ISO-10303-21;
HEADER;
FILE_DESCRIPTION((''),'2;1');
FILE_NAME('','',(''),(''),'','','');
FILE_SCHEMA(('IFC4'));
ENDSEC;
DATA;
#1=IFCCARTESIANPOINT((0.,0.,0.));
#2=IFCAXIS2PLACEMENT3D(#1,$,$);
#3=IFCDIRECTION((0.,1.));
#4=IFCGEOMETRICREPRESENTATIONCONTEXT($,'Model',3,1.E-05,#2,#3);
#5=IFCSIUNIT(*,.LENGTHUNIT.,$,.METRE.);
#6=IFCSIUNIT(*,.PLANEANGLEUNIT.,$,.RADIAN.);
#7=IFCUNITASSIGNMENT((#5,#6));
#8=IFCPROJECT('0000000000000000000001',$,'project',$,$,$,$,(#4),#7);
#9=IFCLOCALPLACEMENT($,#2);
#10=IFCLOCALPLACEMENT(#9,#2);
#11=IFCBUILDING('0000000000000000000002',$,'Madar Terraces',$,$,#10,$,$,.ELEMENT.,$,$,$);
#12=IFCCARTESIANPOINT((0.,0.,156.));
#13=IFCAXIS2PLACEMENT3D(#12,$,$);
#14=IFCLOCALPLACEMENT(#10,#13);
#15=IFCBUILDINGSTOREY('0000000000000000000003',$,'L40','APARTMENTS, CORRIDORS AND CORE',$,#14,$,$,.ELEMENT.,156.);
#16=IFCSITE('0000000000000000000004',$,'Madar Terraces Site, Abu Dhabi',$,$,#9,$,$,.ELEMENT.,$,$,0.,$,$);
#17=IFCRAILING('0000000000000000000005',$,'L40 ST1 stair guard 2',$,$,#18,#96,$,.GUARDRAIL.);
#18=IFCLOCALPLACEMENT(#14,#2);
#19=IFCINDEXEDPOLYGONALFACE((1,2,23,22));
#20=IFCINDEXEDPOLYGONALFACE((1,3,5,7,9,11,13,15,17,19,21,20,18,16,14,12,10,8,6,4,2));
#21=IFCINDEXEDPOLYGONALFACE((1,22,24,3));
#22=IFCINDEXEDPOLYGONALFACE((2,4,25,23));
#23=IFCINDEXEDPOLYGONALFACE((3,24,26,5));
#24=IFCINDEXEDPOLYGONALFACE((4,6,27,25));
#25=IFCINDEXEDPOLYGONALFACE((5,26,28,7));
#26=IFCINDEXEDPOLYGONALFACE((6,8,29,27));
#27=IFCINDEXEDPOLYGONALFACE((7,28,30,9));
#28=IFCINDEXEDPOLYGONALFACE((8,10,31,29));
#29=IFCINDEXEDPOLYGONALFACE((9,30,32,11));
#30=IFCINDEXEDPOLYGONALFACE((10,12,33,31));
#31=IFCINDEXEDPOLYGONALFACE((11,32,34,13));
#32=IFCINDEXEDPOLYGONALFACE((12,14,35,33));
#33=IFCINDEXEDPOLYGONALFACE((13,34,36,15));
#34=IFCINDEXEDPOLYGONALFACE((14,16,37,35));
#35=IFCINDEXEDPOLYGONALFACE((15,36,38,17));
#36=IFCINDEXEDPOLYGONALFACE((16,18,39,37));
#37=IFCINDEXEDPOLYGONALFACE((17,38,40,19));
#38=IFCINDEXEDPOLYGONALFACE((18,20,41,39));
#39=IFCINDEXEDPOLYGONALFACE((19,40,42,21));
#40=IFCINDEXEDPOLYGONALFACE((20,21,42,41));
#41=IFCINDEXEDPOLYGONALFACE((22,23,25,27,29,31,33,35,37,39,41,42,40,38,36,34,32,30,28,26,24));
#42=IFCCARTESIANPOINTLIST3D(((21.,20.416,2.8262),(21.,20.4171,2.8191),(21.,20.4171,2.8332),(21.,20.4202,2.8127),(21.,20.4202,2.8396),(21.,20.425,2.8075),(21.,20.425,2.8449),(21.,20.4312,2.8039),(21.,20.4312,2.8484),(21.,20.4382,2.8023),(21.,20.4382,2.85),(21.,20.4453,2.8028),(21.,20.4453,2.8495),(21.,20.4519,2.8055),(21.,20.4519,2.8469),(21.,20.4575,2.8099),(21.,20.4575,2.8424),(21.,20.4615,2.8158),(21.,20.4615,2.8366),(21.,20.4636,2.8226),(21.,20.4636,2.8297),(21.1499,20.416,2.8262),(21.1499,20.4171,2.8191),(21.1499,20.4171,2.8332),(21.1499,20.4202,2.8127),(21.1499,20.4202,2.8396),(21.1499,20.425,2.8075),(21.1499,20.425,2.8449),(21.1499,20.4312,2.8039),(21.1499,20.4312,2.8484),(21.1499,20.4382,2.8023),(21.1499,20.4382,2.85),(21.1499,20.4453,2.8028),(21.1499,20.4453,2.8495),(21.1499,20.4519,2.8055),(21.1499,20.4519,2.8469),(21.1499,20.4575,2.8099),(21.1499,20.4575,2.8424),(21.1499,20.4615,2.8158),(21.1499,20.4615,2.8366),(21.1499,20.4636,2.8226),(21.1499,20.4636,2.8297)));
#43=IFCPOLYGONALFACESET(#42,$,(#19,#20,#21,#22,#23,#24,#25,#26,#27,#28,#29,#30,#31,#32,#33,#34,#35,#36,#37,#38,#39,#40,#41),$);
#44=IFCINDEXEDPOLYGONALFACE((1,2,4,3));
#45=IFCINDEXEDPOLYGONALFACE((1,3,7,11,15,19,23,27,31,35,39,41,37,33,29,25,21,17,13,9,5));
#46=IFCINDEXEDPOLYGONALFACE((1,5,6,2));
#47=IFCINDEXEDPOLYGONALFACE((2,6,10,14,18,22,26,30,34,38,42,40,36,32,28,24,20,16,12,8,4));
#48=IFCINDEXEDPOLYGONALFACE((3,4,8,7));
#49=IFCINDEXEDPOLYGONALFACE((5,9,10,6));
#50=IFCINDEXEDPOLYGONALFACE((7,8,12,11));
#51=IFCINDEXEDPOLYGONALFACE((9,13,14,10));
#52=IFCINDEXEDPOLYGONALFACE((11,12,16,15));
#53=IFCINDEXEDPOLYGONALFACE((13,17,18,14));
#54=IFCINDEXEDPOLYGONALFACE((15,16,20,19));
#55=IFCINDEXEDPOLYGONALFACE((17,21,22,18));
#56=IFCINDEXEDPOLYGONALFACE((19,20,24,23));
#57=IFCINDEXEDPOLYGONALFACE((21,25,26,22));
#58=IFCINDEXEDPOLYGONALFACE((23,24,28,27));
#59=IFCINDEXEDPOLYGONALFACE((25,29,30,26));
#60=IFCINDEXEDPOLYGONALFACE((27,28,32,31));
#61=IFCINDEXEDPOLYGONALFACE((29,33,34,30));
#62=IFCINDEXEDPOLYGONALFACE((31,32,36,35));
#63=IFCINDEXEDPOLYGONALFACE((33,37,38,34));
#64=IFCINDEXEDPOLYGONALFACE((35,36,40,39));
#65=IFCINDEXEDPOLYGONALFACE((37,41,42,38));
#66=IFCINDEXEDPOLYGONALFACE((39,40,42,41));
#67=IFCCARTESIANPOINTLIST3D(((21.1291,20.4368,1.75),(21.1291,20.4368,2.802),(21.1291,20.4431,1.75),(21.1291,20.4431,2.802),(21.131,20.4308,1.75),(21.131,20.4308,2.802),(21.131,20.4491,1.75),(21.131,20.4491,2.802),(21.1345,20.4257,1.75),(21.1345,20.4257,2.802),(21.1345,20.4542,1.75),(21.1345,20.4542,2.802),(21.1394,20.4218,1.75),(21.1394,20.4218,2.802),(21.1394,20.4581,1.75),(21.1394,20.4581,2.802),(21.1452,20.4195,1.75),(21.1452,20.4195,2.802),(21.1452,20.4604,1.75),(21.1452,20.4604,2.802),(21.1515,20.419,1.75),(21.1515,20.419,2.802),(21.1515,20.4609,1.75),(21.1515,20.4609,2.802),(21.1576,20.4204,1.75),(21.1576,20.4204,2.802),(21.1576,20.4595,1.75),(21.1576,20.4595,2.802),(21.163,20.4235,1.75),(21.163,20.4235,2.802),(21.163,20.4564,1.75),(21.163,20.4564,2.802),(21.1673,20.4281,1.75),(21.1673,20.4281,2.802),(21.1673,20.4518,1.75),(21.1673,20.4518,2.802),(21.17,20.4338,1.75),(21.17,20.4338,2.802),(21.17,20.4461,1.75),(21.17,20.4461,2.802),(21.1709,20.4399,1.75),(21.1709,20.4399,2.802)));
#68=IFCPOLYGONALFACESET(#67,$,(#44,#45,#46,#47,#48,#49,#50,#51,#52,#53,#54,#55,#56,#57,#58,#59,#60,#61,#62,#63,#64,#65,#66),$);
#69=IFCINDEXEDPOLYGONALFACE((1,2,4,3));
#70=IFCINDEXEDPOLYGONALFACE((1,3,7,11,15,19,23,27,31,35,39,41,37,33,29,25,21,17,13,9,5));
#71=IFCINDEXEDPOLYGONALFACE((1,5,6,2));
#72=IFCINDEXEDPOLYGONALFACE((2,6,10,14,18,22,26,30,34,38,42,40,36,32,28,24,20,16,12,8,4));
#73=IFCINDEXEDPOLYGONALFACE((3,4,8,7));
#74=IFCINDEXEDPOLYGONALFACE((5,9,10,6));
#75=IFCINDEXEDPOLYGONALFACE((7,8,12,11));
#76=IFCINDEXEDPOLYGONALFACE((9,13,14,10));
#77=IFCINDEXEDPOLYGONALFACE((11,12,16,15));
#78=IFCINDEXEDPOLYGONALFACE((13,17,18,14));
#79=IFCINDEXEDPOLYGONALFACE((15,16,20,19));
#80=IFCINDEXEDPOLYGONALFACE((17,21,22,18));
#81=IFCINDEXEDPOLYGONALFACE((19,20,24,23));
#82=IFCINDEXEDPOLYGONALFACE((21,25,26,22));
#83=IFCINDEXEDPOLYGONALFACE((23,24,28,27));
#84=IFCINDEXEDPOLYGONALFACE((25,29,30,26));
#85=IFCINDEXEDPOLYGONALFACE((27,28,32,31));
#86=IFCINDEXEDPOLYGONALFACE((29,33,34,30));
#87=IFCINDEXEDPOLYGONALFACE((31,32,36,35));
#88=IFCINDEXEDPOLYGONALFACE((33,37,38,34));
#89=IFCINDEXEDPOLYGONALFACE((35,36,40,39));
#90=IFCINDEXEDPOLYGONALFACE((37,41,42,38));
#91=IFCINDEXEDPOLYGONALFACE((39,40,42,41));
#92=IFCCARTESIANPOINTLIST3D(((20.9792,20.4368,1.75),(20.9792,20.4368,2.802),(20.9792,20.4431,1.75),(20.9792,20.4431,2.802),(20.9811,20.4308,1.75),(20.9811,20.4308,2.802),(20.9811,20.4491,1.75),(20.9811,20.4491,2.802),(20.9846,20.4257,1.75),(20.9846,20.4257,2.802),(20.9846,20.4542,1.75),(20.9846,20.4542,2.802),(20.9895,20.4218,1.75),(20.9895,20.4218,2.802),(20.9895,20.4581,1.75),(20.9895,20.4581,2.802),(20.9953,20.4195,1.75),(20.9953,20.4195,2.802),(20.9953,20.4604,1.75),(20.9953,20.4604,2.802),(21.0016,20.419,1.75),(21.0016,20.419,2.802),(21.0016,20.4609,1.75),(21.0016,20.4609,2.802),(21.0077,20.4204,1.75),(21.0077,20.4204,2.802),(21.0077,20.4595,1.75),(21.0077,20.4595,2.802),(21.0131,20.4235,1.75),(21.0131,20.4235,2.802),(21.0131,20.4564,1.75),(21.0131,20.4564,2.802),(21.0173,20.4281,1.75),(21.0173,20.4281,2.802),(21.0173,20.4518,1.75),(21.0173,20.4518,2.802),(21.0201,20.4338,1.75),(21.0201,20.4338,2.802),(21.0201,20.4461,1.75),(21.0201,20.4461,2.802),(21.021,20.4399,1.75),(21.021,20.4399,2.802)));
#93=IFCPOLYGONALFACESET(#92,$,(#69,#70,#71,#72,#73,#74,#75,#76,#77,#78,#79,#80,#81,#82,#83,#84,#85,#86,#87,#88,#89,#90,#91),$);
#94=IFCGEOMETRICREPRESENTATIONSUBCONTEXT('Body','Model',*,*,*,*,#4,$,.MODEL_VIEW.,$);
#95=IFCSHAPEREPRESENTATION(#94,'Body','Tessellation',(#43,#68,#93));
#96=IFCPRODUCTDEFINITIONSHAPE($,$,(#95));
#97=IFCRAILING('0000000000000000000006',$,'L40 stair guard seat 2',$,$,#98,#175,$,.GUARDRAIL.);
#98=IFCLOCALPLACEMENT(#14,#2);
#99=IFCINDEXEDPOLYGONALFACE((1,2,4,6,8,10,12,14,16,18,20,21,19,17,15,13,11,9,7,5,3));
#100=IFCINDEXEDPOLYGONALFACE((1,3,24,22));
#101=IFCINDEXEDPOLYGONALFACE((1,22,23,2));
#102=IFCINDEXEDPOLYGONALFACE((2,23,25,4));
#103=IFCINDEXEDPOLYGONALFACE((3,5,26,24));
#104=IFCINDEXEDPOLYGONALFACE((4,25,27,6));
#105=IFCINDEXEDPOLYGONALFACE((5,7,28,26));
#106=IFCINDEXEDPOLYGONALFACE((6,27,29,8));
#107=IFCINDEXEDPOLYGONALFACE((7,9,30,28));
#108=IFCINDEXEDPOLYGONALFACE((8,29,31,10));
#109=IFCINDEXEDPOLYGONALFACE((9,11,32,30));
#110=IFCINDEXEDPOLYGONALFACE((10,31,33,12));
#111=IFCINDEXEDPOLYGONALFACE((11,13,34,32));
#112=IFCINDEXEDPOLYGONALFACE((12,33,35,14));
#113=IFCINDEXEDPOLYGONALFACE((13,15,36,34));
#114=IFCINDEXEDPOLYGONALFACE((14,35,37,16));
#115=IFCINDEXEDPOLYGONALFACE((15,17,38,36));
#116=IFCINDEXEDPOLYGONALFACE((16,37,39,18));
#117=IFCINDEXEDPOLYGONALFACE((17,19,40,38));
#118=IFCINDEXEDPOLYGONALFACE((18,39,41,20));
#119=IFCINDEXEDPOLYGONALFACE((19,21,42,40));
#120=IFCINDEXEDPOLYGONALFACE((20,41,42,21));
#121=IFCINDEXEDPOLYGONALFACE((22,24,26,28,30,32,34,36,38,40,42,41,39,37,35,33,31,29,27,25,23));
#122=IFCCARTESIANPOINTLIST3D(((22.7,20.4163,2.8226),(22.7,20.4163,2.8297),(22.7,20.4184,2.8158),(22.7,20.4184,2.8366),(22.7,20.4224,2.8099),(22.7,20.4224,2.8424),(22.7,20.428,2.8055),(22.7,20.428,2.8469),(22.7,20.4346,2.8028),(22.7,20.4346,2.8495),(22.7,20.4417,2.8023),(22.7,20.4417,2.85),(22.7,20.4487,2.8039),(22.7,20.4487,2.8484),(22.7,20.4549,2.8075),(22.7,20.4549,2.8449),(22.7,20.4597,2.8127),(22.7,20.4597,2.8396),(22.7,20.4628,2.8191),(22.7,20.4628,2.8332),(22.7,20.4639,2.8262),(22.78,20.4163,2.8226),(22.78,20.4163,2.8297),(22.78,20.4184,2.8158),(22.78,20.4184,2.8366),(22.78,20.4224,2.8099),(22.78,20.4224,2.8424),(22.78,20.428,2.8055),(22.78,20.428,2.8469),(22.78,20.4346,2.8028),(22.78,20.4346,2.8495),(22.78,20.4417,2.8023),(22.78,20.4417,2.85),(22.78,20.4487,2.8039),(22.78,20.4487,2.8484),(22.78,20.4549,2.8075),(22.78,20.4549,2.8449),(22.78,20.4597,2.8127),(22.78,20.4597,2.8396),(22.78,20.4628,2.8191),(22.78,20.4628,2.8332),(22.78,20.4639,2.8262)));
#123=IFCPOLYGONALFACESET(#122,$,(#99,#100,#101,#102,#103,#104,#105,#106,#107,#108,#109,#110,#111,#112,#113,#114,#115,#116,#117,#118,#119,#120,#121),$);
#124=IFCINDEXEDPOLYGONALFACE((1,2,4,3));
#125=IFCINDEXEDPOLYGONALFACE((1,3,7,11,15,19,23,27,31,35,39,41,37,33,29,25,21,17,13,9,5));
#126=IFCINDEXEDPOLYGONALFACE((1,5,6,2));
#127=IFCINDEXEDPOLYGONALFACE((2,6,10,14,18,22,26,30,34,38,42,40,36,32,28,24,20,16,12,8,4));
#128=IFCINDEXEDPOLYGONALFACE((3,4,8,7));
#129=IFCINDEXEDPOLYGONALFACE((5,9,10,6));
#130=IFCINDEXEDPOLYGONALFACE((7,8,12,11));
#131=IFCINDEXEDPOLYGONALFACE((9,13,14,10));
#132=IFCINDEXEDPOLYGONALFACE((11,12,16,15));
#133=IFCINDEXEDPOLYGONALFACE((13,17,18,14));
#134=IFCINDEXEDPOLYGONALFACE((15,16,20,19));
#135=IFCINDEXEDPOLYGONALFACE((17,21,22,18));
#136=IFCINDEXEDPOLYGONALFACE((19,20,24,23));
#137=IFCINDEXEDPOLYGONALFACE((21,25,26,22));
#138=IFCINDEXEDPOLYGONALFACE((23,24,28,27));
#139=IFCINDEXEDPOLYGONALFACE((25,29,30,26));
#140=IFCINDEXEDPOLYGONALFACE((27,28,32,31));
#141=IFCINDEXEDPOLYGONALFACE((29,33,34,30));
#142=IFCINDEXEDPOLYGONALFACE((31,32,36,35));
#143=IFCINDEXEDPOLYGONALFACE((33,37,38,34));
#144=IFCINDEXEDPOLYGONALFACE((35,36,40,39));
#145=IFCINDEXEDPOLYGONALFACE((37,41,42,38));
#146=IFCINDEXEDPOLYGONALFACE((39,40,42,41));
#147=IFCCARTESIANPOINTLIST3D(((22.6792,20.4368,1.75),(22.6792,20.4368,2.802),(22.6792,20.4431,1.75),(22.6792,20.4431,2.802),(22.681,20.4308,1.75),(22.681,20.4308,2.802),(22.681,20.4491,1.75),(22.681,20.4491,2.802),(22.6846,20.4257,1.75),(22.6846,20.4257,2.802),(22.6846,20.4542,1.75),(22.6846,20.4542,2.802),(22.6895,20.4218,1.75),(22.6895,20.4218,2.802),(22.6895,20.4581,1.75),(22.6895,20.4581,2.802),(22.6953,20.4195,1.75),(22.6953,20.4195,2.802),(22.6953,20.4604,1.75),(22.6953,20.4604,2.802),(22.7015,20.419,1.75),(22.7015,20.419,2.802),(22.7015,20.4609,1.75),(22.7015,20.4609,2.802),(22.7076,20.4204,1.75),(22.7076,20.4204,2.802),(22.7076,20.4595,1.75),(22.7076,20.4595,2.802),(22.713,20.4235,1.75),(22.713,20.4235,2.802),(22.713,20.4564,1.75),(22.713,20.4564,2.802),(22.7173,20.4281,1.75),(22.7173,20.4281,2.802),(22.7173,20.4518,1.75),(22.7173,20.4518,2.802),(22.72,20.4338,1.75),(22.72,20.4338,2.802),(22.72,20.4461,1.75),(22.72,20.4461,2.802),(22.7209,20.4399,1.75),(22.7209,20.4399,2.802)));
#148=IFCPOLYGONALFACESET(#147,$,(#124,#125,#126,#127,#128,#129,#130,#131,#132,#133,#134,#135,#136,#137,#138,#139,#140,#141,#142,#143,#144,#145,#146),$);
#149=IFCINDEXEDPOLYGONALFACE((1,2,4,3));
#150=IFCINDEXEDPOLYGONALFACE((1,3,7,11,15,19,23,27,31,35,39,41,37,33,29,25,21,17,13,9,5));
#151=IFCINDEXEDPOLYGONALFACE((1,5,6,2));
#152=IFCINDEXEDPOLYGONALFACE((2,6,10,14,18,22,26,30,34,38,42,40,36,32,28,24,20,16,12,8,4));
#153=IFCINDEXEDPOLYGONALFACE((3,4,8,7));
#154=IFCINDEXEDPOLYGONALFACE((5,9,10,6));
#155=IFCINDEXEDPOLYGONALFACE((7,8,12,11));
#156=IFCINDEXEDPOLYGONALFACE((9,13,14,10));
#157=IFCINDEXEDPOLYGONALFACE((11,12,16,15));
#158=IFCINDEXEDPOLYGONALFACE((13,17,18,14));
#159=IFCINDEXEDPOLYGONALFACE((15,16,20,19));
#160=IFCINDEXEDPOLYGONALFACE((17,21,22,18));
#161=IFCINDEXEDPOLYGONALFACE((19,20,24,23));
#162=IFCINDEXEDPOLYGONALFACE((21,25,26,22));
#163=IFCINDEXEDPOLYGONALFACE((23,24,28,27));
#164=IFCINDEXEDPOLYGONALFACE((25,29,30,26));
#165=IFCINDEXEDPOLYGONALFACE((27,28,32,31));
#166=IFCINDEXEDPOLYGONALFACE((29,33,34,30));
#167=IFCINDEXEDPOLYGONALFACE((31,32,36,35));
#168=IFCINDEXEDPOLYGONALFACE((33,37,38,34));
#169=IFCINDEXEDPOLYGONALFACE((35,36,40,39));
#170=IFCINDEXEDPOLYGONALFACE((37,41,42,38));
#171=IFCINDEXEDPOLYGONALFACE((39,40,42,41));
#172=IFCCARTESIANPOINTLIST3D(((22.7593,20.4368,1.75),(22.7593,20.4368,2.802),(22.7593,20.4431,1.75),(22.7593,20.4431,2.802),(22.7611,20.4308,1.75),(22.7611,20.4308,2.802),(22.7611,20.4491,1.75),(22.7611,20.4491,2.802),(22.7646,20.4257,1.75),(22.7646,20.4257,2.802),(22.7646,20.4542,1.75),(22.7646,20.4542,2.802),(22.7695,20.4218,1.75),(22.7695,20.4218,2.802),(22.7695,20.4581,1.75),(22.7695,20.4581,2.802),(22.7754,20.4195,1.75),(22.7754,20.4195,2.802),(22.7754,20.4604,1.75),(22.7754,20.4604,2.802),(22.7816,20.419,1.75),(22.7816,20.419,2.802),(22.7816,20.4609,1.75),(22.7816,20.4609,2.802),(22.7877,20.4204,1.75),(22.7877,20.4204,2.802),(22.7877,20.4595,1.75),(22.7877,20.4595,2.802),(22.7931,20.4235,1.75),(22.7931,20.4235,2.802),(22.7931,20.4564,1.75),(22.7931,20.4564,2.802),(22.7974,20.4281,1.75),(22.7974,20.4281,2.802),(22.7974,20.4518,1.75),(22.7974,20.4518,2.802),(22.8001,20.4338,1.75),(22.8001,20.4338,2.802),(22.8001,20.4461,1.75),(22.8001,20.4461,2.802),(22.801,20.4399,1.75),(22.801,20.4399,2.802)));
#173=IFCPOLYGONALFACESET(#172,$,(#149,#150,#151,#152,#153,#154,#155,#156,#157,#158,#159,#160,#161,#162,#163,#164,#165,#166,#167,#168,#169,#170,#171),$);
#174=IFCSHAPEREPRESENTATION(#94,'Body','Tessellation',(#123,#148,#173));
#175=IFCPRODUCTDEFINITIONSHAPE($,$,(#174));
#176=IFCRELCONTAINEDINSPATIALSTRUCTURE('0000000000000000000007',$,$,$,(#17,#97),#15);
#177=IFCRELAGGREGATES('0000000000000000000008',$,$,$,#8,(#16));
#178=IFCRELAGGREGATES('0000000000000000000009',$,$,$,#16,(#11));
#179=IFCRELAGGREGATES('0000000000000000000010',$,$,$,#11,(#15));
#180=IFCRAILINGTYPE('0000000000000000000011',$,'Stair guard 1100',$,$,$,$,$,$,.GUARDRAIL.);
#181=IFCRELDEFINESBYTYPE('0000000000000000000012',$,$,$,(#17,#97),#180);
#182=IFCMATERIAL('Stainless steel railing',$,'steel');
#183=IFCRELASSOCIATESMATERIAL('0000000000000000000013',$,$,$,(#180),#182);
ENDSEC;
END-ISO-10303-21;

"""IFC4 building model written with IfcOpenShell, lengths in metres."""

from ifc_helpers import new_model, si_unit, direction, frame, origin, origin_2d, place, context, subcontext, project, spatial, circle, extrude, material, type_object, element, save


model = new_model("IFC4")

# Units and contexts
model_context = context("Model", 3, precision=1e-05, world=origin(), true_north=direction((0.0, 1.0)))
body_context = subcontext(model_context, "Body", "Model", "MODEL_VIEW")
ifc_project = project(units=[si_unit("LENGTHUNIT", "METRE"), si_unit("PLANEANGLEUNIT", "RADIAN")], contexts=[model_context])

# Site, building, storey
site_placement = place(None, origin())
site = spatial("IfcSite", under=ifc_project, at=site_placement, Name="Madar Terraces Site, Abu Dhabi", CompositionType="ELEMENT", RefElevation=0.0)
building_placement = place(site_placement, origin())
building = spatial("IfcBuilding", under=site, at=building_placement, Name="Madar Terraces", CompositionType="ELEMENT")
storey_placement = place(building_placement, frame((0.0, 0.0, 156.0)))
storey = spatial("IfcBuildingStorey", under=building, at=storey_placement, Name="L40", Description="APARTMENTS, CORRIDORS AND CORE", CompositionType="ELEMENT", Elevation=156.0)

# Railings
ifc_material_1 = material(Name="Stainless steel railing", Category="steel")
railing_type_1 = type_object("IfcRailingType", Name="Stair guard 1100", PredefinedType="GUARDRAIL", material=ifc_material_1)
railing_1_placement = place(storey_placement, frame((21.1499, 20.4399, 1.75)))
element("IfcRailing", 1, at=railing_1_placement, inside=storey, type_object=railing_type_1, Name="L40 ST1 stair guard 2", PredefinedType="GUARDRAIL", context=body_context, shape_type="SweptSolid", body=[
    extrude(circle(Radius=0.0239, at=origin_2d()), frame((0.0, 0.0, 1.0762), z_axis=(-1.0, 0.0, 0.0), x_axis=(0.0, -1.0, 0.0)), (0.0, 0.0, 1.0), 0.1499),
    extrude(circle(Radius=0.021, at=origin_2d()), origin(), (0.0, 0.0, 1.0), 1.052),
    extrude(circle(Radius=0.021, at=origin_2d()), frame((-0.1499, 0.0, 0.0)), (0.0, 0.0, 1.0), 1.052),
])
for number, where, name in (
    (2, (22.7, 20.4399, 1.75), "L40 stair guard seat 2"),
):
    element("IfcRailing", number, at=place(storey_placement, frame(where)), inside=storey, type_object=railing_type_1, Name=name, PredefinedType="GUARDRAIL", context=body_context, shape_type="SweptSolid", body=[
        extrude(circle(Radius=0.0239, at=origin_2d()), frame((0.0, 0.0, 1.0762), z_axis=(1.0, 0.0, 0.0), x_axis=(0.0, 1.0, 0.0)), (0.0, 0.0, 1.0), 0.0801),
        extrude(circle(Radius=0.021, at=origin_2d()), origin(), (0.0, 0.0, 1.0), 1.052),
        extrude(circle(Radius=0.021, at=origin_2d()), frame((0.0801, 0.0, 0.0)), (0.0, 0.0, 1.0), 1.052),
    ])

save(model, "model.ifc")
